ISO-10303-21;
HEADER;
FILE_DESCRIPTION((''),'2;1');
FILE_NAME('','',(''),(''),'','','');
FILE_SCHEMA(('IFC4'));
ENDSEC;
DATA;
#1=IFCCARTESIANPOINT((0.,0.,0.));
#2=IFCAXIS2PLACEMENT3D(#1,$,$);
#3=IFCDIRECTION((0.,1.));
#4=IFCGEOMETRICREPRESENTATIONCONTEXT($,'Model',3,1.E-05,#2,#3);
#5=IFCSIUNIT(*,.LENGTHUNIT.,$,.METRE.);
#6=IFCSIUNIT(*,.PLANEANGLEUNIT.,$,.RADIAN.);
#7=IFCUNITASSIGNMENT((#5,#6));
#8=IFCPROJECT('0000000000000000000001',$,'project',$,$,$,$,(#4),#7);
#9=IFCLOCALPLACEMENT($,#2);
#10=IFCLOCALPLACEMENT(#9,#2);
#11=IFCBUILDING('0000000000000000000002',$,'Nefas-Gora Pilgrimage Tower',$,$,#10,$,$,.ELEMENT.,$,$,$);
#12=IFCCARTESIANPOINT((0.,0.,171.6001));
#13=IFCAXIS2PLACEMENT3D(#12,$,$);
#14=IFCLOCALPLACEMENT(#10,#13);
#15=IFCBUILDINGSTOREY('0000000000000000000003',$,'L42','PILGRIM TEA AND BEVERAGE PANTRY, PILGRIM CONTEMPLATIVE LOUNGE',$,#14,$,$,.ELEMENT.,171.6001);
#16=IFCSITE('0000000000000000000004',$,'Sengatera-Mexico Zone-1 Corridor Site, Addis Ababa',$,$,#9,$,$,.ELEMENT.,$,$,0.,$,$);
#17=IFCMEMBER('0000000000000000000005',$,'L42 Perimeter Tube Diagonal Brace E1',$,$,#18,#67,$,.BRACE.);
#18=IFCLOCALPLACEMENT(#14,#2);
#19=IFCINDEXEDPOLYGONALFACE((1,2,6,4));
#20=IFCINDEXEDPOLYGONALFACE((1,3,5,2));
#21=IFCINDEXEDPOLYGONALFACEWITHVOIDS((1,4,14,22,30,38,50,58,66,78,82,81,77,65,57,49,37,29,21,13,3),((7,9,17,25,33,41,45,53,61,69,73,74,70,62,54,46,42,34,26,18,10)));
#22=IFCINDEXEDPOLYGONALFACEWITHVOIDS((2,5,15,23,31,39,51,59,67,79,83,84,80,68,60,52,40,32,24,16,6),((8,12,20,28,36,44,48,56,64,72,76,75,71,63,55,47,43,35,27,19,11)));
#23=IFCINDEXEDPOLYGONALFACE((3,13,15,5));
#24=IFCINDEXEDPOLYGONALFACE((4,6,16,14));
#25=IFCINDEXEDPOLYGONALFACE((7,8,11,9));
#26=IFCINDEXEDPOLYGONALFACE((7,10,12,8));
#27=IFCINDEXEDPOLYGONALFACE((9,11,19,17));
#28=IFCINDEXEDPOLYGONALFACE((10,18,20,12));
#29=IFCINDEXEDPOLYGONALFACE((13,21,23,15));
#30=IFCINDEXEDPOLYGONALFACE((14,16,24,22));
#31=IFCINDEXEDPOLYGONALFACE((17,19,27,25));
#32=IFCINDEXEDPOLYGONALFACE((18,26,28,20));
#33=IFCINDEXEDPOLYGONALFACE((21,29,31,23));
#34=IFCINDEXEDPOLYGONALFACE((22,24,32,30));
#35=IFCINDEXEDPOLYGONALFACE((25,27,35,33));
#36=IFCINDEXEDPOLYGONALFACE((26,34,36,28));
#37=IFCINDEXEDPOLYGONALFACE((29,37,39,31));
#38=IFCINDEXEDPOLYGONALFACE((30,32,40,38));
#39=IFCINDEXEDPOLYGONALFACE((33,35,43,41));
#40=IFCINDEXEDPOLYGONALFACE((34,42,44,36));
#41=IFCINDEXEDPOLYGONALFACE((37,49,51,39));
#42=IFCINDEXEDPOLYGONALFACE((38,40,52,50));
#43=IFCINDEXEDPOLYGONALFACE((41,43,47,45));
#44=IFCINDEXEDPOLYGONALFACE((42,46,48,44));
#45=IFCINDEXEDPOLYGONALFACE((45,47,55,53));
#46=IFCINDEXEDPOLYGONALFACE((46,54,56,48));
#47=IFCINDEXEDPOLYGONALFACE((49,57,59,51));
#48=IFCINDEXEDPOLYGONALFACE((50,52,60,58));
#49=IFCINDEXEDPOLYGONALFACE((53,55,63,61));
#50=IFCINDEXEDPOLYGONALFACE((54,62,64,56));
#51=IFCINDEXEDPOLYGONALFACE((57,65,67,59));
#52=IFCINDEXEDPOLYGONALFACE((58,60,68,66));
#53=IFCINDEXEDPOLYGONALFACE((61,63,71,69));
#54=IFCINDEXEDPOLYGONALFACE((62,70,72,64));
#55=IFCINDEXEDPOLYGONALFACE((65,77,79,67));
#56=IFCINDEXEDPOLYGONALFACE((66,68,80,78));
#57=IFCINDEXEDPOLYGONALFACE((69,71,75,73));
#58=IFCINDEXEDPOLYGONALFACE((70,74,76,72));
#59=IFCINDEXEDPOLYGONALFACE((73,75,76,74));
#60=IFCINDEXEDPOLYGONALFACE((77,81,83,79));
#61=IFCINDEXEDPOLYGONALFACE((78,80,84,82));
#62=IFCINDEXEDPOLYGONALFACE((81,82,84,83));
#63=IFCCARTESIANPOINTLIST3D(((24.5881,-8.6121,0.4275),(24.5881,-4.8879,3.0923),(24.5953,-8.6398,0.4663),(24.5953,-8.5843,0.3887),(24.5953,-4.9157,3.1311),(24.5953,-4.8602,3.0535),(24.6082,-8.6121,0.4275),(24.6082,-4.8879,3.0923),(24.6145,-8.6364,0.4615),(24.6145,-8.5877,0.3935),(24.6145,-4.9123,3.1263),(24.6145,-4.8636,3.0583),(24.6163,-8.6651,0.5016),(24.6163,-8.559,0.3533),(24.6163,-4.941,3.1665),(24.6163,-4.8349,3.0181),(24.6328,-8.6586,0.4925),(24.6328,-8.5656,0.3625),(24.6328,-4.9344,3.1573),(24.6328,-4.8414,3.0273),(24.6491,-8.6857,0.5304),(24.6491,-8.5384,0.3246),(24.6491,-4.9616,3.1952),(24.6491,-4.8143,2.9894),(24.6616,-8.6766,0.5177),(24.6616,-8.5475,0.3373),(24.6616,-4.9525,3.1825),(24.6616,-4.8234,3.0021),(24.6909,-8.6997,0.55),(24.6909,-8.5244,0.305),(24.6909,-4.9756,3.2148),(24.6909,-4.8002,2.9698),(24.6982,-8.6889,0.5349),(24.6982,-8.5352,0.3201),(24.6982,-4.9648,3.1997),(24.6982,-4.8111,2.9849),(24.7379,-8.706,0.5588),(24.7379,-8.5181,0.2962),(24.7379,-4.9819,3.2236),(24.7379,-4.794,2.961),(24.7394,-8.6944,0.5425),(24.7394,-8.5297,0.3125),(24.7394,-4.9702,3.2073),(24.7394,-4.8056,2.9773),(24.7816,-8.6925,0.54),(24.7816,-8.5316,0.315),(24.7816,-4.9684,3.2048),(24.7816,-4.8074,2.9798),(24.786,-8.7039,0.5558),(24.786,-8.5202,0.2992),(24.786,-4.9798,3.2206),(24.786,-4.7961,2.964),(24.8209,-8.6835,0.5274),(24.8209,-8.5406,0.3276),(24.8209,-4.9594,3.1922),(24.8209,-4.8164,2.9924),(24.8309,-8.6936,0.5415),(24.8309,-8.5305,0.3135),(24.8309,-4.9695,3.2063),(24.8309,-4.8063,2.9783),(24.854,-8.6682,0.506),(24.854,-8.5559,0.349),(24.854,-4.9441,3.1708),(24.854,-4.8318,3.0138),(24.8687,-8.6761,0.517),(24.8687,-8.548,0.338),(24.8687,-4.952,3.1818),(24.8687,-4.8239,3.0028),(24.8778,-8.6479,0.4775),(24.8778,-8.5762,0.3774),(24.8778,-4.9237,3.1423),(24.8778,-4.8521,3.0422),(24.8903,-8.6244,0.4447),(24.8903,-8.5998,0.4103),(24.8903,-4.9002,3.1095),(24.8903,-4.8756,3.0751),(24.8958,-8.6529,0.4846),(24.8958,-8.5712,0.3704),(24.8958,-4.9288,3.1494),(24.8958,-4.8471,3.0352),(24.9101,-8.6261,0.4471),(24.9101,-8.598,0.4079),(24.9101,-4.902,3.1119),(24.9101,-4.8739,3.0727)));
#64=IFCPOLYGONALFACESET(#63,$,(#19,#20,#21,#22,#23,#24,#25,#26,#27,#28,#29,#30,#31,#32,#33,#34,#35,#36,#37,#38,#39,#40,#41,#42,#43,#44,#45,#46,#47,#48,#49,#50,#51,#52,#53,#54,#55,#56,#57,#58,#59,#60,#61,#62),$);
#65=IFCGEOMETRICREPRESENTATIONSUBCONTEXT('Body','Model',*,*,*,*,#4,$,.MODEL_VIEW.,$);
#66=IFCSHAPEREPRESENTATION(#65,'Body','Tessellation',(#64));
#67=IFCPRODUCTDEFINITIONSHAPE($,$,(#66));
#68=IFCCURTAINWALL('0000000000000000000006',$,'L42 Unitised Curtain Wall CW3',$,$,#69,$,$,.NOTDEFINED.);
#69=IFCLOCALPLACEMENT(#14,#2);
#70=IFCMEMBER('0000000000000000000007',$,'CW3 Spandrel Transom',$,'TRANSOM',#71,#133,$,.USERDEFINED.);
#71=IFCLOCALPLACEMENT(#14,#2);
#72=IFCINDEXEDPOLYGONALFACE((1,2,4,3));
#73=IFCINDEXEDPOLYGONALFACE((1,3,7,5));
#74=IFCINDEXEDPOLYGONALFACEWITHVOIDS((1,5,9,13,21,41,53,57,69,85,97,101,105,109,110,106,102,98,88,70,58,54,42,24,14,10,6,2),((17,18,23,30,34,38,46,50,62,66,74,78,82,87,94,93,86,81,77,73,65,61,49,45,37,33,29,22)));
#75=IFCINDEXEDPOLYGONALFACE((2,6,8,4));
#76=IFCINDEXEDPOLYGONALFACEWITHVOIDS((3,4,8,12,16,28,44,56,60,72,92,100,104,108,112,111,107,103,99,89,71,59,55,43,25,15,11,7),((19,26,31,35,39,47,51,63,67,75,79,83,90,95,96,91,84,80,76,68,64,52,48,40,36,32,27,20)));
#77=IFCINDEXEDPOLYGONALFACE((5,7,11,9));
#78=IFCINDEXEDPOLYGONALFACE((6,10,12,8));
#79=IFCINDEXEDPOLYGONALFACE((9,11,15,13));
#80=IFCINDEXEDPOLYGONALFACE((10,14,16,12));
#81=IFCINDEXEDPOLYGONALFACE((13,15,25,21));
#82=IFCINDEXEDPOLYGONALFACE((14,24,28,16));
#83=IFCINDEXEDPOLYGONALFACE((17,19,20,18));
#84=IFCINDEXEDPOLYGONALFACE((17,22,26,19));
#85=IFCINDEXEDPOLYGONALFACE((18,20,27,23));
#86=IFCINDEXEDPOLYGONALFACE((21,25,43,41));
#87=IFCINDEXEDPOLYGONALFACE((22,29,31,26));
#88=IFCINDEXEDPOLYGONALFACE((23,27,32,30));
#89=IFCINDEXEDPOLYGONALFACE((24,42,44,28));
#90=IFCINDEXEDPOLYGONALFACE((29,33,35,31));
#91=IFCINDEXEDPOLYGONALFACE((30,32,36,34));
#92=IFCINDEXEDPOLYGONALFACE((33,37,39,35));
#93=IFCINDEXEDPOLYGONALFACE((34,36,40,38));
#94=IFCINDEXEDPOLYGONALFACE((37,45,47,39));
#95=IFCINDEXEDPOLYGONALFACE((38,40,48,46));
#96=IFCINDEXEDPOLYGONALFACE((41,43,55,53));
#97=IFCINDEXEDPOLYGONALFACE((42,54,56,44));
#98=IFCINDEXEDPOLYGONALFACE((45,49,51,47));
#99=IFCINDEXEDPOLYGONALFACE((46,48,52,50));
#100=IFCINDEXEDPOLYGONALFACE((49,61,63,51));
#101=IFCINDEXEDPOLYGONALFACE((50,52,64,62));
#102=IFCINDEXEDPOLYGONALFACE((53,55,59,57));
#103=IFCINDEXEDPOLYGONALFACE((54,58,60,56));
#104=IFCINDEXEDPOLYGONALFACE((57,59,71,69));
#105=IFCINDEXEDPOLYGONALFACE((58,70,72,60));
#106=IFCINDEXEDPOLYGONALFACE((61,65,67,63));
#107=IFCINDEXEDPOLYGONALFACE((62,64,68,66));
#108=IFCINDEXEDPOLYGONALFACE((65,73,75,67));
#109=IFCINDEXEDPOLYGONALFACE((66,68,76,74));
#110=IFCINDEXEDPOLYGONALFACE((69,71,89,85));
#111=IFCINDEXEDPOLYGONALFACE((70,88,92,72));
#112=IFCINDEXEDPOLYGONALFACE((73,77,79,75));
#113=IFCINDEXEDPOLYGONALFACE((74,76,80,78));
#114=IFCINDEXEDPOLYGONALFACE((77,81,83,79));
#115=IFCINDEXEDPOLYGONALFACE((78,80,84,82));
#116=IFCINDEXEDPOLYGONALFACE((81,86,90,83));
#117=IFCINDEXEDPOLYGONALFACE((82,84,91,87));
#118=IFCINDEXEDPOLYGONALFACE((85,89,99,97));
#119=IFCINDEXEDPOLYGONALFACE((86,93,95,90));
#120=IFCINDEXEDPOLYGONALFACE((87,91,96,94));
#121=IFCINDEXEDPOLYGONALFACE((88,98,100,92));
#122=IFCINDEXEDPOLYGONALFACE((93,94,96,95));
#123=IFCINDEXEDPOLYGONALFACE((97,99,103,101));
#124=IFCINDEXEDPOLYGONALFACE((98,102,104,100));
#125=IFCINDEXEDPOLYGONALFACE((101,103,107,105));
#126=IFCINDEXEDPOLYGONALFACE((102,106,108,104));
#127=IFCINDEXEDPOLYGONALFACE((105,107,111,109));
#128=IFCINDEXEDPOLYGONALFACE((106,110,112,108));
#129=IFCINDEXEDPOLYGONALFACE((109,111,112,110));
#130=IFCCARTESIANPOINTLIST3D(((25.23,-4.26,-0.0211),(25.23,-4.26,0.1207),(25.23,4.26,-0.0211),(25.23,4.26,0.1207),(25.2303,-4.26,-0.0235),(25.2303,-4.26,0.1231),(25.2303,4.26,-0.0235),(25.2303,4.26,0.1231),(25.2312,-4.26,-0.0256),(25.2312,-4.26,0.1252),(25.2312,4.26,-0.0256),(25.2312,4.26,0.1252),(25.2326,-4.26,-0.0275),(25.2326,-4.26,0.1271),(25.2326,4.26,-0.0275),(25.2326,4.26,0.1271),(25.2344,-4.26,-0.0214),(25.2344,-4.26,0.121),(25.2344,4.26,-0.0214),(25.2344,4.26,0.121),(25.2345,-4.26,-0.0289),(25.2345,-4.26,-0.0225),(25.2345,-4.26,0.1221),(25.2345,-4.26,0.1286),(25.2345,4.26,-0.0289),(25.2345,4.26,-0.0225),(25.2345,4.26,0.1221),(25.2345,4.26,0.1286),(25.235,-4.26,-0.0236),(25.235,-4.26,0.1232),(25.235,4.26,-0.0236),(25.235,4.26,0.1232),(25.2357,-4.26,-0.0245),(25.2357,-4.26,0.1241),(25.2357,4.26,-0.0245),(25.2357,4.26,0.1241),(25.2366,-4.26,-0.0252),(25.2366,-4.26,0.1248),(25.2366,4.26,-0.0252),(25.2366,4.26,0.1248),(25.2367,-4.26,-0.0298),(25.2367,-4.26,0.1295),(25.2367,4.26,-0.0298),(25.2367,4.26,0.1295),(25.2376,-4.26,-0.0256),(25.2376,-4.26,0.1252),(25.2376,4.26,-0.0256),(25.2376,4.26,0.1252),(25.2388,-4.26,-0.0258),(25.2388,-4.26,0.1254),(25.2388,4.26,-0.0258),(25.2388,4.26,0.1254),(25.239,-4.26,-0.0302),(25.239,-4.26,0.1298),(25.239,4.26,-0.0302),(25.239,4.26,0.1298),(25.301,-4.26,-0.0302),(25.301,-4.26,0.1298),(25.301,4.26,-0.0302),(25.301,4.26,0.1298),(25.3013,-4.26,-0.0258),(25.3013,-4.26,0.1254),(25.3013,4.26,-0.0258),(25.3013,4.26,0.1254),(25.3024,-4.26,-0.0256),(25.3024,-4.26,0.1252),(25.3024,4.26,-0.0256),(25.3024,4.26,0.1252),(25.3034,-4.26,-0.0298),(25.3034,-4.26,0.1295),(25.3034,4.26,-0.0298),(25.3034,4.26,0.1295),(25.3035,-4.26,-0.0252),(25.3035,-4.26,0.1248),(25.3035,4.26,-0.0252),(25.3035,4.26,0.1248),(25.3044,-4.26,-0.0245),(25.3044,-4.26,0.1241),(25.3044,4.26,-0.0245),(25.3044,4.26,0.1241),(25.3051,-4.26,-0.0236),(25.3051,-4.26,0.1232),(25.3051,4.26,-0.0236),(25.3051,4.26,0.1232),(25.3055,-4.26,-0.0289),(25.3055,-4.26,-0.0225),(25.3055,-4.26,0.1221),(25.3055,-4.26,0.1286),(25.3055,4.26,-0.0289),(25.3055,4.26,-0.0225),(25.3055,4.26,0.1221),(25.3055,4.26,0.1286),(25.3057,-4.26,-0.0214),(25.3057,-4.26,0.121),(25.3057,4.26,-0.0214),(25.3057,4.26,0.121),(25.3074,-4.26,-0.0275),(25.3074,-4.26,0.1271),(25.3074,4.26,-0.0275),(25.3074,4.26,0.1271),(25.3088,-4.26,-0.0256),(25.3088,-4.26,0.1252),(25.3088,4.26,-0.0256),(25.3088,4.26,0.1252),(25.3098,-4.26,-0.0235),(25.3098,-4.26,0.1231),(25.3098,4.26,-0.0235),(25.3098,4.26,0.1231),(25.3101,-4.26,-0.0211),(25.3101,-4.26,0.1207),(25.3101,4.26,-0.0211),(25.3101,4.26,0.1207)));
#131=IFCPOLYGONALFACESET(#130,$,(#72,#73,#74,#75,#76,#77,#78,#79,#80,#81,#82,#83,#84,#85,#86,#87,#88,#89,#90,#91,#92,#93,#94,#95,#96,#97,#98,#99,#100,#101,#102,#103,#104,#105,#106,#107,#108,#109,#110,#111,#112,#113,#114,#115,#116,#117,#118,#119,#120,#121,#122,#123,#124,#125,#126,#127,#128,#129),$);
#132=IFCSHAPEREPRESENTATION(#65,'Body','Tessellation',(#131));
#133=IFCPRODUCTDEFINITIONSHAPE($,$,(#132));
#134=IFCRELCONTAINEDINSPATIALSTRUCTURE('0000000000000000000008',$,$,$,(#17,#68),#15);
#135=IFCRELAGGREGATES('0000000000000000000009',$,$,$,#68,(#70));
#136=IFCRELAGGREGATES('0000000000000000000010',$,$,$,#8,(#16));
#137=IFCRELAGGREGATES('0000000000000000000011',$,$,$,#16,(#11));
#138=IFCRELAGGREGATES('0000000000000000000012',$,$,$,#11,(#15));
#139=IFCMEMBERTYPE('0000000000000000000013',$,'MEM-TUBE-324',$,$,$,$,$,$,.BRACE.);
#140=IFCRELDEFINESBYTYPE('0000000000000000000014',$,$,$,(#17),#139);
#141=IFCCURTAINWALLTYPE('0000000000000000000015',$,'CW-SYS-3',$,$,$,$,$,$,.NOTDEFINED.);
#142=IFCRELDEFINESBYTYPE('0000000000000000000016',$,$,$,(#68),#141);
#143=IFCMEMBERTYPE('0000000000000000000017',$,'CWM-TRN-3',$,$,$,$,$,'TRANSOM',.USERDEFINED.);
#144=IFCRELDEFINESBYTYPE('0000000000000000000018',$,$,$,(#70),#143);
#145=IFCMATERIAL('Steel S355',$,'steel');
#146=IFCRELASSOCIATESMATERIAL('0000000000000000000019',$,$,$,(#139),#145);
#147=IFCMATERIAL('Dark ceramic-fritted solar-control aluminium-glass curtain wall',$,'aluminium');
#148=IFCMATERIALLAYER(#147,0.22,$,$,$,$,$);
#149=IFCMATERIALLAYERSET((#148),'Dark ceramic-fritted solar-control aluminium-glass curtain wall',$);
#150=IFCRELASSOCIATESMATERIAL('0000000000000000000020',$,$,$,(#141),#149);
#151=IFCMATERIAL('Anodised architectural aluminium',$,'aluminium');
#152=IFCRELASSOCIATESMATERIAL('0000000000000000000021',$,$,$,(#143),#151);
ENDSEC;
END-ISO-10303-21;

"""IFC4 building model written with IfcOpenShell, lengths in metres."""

from ifc_helpers import new_model, si_unit, direction, frame, origin, origin_2d, place, context, subcontext, project, spatial, hollow_rectangle, hollow_circle, extrude, source, transform, mapped, material, layer, layer_set, material_profile, profile_set, type_object, element, aggregate, save


model = new_model("IFC4")

# Units and contexts
model_context = context("Model", 3, precision=1e-05, world=origin(), true_north=direction((0.0, 1.0)))
body_context = subcontext(model_context, "Body", "Model", "MODEL_VIEW")
ifc_project = project(units=[si_unit("LENGTHUNIT", "METRE"), si_unit("PLANEANGLEUNIT", "RADIAN")], contexts=[model_context])

# Site, building, storey
site_placement = place(None, origin())
site = spatial("IfcSite", under=ifc_project, at=site_placement, Name="Sengatera-Mexico Zone-1 Corridor Site, Addis Ababa", CompositionType="ELEMENT", RefElevation=0.0)
building_placement = place(site_placement, origin())
building = spatial("IfcBuilding", under=site, at=building_placement, Name="Nefas-Gora Pilgrimage Tower", CompositionType="ELEMENT")
storey_placement = place(building_placement, frame((0.0, 0.0, 171.6001)))
storey = spatial("IfcBuildingStorey", under=building, at=storey_placement, Name="L42", Description="PILGRIM TEA AND BEVERAGE PANTRY, PILGRIM CONTEMPLATIVE LOUNGE", CompositionType="ELEMENT", Elevation=171.6001)

# Shared definitions
ifc_material_1 = material(Name="Steel S355", Category="steel")

# Member
ifc_material_profile_1 = material_profile(ifc_material_1, hollow_circle(Radius=0.1619, WallThickness=0.02, at=origin_2d()), Name="CHS 323.9x20")
ifc_profile_set_1 = profile_set([ifc_material_profile_1], Name="Steel S355")
member_type_1 = type_object("IfcMemberType", Name="MEM-TUBE-324", PredefinedType="BRACE", material=ifc_profile_set_1)
shared_shape_1 = source(origin(), body_context, "Body", "SweptSolid", [
    extrude(hollow_circle(Radius=0.1619, WallThickness=0.02, at=origin_2d()), origin(), (0.0, 0.0, 1.0), 4.5793),
])
member_1_placement = place(storey_placement, frame((24.75, -8.6121, 0.4275), z_axis=(0.0, 0.813247, 0.581919), x_axis=(-1.0, 0.0, 0.0)))
element("IfcMember", 1, at=member_1_placement, inside=storey, type_object=member_type_1, Name="L42 Perimeter Tube Diagonal Brace E1", PredefinedType="BRACE", context=body_context, shape_type="MappedRepresentation", body=[
    mapped(shared_shape_1, transform((0.0, 0.0, 0.0), x_axis=(1.0, 0.0, 0.0), y_axis=(0.0, 1.0, 0.0), z_axis=(0.0, 0.0, 1.0), scale=1.0)),
])

# Curtain wall, member
ifc_material_2 = material(Name="Dark ceramic-fritted solar-control aluminium-glass curtain wall", Category="aluminium")
ifc_layer_1 = layer(ifc_material_2, 0.22)
ifc_layer_set_1 = layer_set([ifc_layer_1], Name="Dark ceramic-fritted solar-control aluminium-glass curtain wall")
curtain_wall_type = type_object("IfcCurtainWallType", Name="CW-SYS-3", PredefinedType="NOTDEFINED", material=ifc_layer_set_1)
curtain_wall_1_placement = place(storey_placement, origin())
curtain_wall_1 = element("IfcCurtainWall", 2, at=curtain_wall_1_placement, inside=storey, type_object=curtain_wall_type, Name="L42 Unitised Curtain Wall CW3", PredefinedType="NOTDEFINED")
ifc_material_3 = material(Name="Anodised architectural aluminium", Category="aluminium")
ifc_material_profile_2 = material_profile(ifc_material_3, hollow_rectangle(XDim=0.0801, YDim=0.1599, WallThickness=0.0044, InnerFilletRadius=0.0044, OuterFilletRadius=0.009, at=origin_2d()), Name="ALU TRANSOM 80x160")
ifc_profile_set_2 = profile_set([ifc_material_profile_2], Name="Anodised architectural aluminium")
member_type_2 = type_object("IfcMemberType", Name="CWM-TRN-3", ElementType="TRANSOM", PredefinedType="USERDEFINED", material=ifc_profile_set_2)
shared_shape_2 = source(origin(), body_context, "Body", "SweptSolid", [
    extrude(hollow_rectangle(XDim=0.0801, YDim=0.1599, WallThickness=0.0044, InnerFilletRadius=0.0044, OuterFilletRadius=0.009, at=origin_2d()), origin(), (0.0, 0.0, 1.0), 8.52),
])
member_2_placement = place(storey_placement, frame((25.27, -4.26, 0.0498), z_axis=(0.0, 1.0, 0.0), x_axis=(-1.0, 0.0, 0.0)))
member_2 = element("IfcMember", 3, at=member_2_placement, type_object=member_type_2, Name="CW3 Spandrel Transom", ObjectType="TRANSOM", PredefinedType="USERDEFINED", context=body_context, shape_type="MappedRepresentation", body=[
    mapped(shared_shape_2, transform((0.0, 0.0, 0.0), x_axis=(1.0, 0.0, 0.0), y_axis=(0.0, 1.0, 0.0), z_axis=(0.0, 0.0, 1.0), scale=1.0)),
])

aggregate(curtain_wall_1, [member_2])

save(model, "model.ifc")
